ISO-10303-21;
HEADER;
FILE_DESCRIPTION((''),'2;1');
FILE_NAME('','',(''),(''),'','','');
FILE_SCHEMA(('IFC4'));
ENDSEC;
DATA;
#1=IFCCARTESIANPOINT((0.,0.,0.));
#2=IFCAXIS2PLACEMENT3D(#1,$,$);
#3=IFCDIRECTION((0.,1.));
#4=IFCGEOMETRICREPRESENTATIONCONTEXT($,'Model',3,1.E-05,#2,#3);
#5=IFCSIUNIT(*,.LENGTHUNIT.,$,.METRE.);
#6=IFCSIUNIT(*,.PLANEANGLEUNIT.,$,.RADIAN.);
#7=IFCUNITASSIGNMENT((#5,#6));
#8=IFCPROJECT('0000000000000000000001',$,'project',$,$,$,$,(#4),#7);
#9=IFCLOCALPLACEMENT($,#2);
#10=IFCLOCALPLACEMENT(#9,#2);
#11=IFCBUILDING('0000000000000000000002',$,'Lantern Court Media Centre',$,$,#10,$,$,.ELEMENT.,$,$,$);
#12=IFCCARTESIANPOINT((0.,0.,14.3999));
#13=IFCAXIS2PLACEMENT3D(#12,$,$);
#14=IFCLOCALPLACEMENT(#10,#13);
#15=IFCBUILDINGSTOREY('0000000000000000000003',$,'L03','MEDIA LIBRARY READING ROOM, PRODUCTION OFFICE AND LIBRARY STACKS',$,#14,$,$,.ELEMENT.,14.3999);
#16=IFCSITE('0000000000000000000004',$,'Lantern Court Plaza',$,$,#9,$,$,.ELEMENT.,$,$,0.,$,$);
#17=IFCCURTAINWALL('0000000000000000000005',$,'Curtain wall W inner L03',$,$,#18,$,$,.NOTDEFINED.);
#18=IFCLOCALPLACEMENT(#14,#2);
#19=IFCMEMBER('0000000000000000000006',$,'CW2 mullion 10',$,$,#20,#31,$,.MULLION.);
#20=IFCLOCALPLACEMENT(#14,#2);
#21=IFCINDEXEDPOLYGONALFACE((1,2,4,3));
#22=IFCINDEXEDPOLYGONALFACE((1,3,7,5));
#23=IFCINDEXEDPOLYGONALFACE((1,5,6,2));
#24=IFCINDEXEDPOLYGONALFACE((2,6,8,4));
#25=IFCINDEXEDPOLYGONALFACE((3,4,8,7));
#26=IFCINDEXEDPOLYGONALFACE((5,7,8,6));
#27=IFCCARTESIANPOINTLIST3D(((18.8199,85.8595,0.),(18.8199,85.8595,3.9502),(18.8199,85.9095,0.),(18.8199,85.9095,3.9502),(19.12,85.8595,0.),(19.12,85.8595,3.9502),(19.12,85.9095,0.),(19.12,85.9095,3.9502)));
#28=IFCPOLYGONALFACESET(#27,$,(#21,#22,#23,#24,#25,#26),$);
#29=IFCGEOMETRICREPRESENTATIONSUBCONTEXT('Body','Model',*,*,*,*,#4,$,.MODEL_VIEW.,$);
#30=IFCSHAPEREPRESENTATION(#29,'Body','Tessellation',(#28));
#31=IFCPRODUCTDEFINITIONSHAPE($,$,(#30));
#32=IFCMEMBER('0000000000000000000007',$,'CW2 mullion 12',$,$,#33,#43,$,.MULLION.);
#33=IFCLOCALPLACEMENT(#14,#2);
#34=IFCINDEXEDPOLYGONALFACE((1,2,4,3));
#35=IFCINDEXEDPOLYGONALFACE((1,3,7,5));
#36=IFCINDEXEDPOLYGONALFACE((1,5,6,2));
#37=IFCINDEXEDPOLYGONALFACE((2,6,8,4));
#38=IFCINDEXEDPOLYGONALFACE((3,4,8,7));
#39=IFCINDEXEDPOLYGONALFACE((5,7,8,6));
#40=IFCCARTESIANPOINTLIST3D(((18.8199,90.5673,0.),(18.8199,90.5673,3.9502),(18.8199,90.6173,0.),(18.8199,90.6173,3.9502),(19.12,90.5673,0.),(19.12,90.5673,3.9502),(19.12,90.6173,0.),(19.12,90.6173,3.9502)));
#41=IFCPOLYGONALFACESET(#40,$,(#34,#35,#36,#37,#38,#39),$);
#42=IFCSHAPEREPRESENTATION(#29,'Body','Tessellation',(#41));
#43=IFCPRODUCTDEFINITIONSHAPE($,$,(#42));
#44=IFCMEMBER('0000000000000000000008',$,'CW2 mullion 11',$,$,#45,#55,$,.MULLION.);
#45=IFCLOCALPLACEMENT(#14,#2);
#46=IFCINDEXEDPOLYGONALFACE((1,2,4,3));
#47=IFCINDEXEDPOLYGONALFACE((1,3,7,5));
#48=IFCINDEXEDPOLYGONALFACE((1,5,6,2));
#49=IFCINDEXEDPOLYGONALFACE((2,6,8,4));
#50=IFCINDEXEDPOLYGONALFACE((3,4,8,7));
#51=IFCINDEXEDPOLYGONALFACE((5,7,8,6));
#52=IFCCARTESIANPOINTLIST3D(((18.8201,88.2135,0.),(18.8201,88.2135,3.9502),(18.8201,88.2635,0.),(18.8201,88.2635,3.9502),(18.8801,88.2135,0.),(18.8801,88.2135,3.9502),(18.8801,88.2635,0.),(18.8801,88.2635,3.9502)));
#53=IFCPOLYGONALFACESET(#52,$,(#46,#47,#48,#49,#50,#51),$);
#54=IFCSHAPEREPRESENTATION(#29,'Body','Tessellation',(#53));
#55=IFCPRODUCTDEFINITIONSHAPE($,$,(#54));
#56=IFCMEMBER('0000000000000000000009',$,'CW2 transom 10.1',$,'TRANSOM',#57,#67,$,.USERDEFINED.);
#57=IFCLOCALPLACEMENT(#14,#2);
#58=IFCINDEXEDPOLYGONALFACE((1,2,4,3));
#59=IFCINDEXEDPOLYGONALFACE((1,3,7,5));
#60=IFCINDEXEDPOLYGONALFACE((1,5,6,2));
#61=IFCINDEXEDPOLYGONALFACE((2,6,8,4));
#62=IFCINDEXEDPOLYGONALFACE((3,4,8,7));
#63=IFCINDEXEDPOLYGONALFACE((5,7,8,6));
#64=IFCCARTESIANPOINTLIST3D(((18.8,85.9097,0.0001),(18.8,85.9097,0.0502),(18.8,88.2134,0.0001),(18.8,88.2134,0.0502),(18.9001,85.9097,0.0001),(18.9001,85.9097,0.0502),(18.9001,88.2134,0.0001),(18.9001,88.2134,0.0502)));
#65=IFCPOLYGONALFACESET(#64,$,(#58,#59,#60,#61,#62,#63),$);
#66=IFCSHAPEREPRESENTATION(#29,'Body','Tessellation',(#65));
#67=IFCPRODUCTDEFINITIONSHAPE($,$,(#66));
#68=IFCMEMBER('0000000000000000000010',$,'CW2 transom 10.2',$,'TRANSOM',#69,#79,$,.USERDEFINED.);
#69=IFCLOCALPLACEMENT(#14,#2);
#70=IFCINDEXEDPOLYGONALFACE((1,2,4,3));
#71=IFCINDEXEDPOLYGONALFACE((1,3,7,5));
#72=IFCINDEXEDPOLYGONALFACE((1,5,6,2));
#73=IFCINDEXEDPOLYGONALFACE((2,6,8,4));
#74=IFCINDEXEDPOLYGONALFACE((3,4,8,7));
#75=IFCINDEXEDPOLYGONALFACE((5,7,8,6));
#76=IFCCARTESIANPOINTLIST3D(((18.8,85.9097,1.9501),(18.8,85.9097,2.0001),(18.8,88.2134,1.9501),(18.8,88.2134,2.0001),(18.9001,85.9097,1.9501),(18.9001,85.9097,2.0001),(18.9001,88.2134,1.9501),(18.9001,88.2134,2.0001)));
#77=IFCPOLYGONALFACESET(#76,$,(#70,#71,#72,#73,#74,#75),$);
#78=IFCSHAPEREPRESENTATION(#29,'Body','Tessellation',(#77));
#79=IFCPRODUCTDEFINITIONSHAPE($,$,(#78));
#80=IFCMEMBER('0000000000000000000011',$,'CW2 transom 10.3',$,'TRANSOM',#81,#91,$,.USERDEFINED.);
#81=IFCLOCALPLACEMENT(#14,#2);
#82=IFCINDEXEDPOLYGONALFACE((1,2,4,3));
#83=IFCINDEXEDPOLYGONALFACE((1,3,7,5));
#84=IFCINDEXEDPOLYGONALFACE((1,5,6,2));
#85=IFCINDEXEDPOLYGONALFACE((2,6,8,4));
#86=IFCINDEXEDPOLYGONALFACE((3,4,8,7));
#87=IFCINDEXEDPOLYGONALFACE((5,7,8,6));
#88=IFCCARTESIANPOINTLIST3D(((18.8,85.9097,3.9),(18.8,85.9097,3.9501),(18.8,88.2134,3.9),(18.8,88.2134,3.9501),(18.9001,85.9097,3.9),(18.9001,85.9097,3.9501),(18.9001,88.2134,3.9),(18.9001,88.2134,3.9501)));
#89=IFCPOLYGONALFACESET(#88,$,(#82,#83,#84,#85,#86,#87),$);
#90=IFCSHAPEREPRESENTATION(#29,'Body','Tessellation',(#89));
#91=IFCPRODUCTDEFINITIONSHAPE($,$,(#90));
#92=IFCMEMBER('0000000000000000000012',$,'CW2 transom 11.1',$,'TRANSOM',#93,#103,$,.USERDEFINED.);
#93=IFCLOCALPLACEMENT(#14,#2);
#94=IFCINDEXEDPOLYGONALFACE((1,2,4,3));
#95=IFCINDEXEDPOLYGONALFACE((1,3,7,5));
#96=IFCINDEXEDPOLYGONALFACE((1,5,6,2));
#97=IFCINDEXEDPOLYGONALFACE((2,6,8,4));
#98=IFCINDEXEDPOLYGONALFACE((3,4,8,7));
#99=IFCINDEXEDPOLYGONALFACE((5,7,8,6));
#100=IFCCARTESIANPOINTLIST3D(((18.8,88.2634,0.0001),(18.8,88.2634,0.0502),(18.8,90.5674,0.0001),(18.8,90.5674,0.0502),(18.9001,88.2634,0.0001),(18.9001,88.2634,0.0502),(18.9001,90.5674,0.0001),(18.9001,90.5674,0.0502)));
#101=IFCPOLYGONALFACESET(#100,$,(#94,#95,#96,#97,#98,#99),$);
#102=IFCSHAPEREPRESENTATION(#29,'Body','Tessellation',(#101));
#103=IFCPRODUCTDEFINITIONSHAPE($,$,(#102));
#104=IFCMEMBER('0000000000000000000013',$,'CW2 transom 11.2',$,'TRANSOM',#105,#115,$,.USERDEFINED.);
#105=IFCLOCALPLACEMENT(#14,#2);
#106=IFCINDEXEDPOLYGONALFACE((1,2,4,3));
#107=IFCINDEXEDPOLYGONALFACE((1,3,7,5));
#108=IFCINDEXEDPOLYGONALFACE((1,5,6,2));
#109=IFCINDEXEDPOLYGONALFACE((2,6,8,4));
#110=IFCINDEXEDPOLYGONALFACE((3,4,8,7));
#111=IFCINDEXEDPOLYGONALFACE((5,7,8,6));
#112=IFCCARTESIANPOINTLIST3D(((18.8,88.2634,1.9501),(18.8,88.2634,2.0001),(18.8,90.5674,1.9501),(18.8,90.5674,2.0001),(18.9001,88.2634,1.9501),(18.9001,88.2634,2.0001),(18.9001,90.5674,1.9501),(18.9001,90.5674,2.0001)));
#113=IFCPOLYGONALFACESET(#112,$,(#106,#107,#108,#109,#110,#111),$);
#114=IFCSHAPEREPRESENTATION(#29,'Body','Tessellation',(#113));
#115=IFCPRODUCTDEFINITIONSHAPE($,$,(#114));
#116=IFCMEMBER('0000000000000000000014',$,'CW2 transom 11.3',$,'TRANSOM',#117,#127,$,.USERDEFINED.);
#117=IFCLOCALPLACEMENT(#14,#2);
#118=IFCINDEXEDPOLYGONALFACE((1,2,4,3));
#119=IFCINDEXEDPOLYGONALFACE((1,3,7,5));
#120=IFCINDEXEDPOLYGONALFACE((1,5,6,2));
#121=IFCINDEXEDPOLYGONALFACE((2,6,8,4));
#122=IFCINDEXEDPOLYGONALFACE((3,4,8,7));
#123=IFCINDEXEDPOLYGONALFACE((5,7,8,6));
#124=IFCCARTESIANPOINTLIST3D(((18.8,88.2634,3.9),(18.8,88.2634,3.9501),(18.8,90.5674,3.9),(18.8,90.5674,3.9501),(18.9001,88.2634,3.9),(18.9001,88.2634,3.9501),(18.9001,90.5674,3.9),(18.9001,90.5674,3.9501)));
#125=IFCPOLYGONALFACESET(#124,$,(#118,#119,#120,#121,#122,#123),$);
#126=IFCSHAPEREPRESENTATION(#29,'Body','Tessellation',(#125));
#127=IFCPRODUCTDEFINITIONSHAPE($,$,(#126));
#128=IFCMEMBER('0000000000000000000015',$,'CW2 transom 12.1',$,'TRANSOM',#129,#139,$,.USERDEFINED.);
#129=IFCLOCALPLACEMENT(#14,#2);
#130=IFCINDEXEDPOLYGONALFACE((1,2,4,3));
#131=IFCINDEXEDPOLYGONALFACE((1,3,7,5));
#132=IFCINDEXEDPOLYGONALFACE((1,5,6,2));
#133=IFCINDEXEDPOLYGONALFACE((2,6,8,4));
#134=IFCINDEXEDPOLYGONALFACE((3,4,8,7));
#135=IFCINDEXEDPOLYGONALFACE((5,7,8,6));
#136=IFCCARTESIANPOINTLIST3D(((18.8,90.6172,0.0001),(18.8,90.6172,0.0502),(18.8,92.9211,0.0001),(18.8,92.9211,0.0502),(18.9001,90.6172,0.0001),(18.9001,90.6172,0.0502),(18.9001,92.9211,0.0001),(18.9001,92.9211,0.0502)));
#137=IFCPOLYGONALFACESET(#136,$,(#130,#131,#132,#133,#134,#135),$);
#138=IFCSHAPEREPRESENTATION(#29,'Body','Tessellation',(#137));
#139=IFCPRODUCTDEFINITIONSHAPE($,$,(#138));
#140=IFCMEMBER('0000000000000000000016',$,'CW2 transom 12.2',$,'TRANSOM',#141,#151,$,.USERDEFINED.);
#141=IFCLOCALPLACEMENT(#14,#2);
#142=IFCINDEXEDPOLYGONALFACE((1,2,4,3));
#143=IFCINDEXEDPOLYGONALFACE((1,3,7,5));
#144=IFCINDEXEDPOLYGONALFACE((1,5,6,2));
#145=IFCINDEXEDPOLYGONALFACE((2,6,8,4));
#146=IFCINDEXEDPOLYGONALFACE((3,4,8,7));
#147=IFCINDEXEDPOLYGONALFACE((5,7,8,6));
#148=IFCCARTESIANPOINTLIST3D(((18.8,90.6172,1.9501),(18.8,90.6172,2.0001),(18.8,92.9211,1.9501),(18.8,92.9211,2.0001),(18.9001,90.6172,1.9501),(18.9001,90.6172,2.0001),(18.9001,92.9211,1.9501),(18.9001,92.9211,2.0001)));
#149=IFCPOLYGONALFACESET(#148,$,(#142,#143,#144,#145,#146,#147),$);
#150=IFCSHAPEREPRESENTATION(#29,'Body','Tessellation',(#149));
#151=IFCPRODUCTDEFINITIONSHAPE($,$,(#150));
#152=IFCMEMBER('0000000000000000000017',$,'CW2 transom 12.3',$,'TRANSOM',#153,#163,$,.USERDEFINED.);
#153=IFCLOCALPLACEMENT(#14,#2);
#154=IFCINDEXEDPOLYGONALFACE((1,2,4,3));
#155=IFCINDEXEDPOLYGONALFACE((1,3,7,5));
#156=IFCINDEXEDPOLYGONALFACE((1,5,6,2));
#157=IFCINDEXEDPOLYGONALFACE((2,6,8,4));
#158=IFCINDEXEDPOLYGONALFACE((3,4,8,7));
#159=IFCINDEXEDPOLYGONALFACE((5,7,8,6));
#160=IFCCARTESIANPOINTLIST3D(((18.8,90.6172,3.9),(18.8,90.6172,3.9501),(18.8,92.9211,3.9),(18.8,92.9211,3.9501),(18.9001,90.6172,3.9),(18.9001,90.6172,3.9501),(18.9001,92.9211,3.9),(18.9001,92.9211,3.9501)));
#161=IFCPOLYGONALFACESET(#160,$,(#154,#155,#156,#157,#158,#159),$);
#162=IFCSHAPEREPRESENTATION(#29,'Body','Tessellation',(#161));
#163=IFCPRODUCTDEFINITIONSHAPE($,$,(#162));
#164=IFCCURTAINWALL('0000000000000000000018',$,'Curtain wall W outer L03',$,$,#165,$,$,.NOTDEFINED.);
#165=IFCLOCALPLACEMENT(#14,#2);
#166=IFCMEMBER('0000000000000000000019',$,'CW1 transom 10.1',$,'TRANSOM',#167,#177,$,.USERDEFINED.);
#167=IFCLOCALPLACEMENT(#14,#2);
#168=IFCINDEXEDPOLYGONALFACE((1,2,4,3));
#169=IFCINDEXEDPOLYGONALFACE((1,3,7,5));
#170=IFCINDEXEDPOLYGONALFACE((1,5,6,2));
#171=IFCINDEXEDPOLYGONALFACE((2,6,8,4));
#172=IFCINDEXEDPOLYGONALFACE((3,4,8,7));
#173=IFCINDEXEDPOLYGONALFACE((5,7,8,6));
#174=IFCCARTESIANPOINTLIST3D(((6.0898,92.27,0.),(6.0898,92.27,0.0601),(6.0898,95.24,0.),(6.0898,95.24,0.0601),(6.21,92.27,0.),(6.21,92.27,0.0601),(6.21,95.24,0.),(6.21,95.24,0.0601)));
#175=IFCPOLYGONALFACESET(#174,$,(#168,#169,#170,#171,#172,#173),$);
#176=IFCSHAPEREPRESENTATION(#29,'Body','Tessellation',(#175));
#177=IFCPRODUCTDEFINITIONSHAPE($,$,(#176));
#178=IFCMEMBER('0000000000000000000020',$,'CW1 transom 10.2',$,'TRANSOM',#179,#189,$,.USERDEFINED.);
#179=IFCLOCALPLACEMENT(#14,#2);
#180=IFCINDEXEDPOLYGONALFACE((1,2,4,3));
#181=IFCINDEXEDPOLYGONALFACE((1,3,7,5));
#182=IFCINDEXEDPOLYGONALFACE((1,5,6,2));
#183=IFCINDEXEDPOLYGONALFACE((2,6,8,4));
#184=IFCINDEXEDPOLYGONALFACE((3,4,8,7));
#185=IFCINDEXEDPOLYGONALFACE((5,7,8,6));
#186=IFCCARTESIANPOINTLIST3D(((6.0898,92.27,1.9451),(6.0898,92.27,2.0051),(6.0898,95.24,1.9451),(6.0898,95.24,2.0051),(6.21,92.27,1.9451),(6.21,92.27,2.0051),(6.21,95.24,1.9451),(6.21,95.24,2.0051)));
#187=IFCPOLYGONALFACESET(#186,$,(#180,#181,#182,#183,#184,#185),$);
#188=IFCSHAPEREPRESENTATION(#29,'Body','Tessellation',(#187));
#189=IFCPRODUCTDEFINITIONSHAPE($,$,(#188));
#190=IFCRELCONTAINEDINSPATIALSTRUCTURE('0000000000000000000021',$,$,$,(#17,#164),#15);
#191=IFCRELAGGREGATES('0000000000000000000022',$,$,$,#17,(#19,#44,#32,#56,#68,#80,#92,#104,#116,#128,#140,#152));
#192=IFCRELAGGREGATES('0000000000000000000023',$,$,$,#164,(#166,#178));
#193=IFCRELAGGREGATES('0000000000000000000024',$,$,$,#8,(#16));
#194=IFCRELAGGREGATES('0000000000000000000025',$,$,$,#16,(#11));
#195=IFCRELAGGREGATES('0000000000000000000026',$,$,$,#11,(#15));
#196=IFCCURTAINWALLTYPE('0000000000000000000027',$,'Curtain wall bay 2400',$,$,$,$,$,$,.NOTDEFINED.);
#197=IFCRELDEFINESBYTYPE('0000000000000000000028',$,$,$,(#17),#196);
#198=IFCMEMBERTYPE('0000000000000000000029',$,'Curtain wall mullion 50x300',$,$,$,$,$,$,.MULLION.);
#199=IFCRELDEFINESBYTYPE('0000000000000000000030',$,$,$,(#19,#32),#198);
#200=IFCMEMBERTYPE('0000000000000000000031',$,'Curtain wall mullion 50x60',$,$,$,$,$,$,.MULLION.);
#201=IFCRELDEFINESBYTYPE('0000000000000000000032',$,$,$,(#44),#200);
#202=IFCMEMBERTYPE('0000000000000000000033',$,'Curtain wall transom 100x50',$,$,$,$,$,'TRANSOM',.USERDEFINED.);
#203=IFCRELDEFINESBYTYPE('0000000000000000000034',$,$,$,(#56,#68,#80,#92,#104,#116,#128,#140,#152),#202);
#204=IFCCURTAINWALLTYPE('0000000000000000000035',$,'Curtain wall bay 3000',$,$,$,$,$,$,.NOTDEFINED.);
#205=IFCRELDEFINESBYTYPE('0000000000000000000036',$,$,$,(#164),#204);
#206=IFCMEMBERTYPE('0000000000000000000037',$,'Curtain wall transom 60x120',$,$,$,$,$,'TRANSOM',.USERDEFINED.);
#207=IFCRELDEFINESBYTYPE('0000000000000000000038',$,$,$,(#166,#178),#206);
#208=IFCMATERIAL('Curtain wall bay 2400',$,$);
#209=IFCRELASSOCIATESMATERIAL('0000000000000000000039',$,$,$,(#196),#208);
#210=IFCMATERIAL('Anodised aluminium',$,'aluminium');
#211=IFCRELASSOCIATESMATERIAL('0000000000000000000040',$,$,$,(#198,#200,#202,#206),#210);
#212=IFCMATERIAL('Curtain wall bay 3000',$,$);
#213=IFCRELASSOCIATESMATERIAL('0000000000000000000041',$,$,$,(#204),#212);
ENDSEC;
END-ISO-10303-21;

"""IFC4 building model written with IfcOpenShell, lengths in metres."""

from ifc_helpers import new_model, si_unit, direction, frame, origin, origin_2d, place, context, subcontext, project, spatial, rectangle, extrude, material, material_profile, profile_set, type_object, element, aggregate, save


model = new_model("IFC4")

# Units and contexts
model_context = context("Model", 3, precision=1e-05, world=origin(), true_north=direction((0.0, 1.0)))
body_context = subcontext(model_context, "Body", "Model", "MODEL_VIEW")
ifc_project = project(units=[si_unit("LENGTHUNIT", "METRE"), si_unit("PLANEANGLEUNIT", "RADIAN")], contexts=[model_context])

# Site, building, storey
site_placement = place(None, origin())
site = spatial("IfcSite", under=ifc_project, at=site_placement, Name="Lantern Court Plaza", CompositionType="ELEMENT", RefElevation=0.0)
building_placement = place(site_placement, origin())
building = spatial("IfcBuilding", under=site, at=building_placement, Name="Lantern Court Media Centre", CompositionType="ELEMENT")
storey_placement = place(building_placement, frame((0.0, 0.0, 14.3999)))
storey = spatial("IfcBuildingStorey", under=building, at=storey_placement, Name="L03", Description="MEDIA LIBRARY READING ROOM, PRODUCTION OFFICE AND LIBRARY STACKS", CompositionType="ELEMENT", Elevation=14.3999)

# Curtain walls, members
ifc_material_1 = material(Name="Curtain wall bay 2400")
curtain_wall_type_1 = type_object("IfcCurtainWallType", Name="Curtain wall bay 2400", PredefinedType="NOTDEFINED", material=ifc_material_1)
curtain_wall_1_placement = place(storey_placement, origin())
curtain_wall_1 = element("IfcCurtainWall", 1, at=curtain_wall_1_placement, inside=storey, type_object=curtain_wall_type_1, Name="Curtain wall W inner L03", PredefinedType="NOTDEFINED")
ifc_material_2 = material(Name="Anodised aluminium", Category="aluminium")
ifc_material_profile_1 = material_profile(ifc_material_2, rectangle(XDim=0.3, YDim=0.05, at=origin_2d()), Name="AL 50x300")
ifc_profile_set_1 = profile_set([ifc_material_profile_1], Name="Anodised aluminium")
member_type_1 = type_object("IfcMemberType", Name="Curtain wall mullion 50x300", PredefinedType="MULLION", material=ifc_profile_set_1)
member_1_placement = place(storey_placement, frame((18.97, 85.8845, 0.0), z_axis=(0.0, 0.0, 1.0), x_axis=(-1.0, 0.0, 0.0)))
member_1 = element("IfcMember", 2, at=member_1_placement, type_object=member_type_1, Name="CW2 mullion 10", PredefinedType="MULLION", context=body_context, shape_type="SweptSolid", body=[
    extrude(rectangle(XDim=0.3, YDim=0.05, at=origin_2d()), origin(), (0.0, 0.0, 1.0), 3.9502),
])
member_2_placement = place(storey_placement, frame((18.97, 90.5923, 0.0), z_axis=(0.0, 0.0, 1.0), x_axis=(-1.0, 0.0, 0.0)))
member_2 = element("IfcMember", 3, at=member_2_placement, type_object=member_type_1, Name="CW2 mullion 12", PredefinedType="MULLION", context=body_context, shape_type="SweptSolid", body=[
    extrude(rectangle(XDim=0.3, YDim=0.05, at=origin_2d()), origin(), (0.0, 0.0, 1.0), 3.9502),
])
ifc_material_profile_2 = material_profile(ifc_material_2, rectangle(XDim=0.0601, YDim=0.05, at=origin_2d()), Name="AL 50x60")
ifc_profile_set_2 = profile_set([ifc_material_profile_2], Name="Anodised aluminium")
member_type_2 = type_object("IfcMemberType", Name="Curtain wall mullion 50x60", PredefinedType="MULLION", material=ifc_profile_set_2)
member_3_placement = place(storey_placement, frame((18.8501, 88.2385, 0.0), z_axis=(0.0, 0.0, 1.0), x_axis=(-1.0, 0.0, 0.0)))
member_3 = element("IfcMember", 4, at=member_3_placement, type_object=member_type_2, Name="CW2 mullion 11", PredefinedType="MULLION", context=body_context, shape_type="SweptSolid", body=[
    extrude(rectangle(XDim=0.0601, YDim=0.05, at=origin_2d()), origin(), (0.0, 0.0, 1.0), 3.9502),
])
ifc_material_profile_3 = material_profile(ifc_material_2, rectangle(XDim=0.1001, YDim=0.05, at=origin_2d()), Name="AL 50x100")
ifc_profile_set_3 = profile_set([ifc_material_profile_3], Name="Anodised aluminium")
member_type_3 = type_object("IfcMemberType", Name="Curtain wall transom 100x50", ElementType="TRANSOM", PredefinedType="USERDEFINED", material=ifc_profile_set_3)
member_4_placement = place(storey_placement, frame((18.8501, 85.9097, 0.0251), z_axis=(0.0, 1.0, 0.0), x_axis=(-1.0, 0.0, 0.0)))
member_4 = element("IfcMember", 5, at=member_4_placement, type_object=member_type_3, Name="CW2 transom 10.1", ObjectType="TRANSOM", PredefinedType="USERDEFINED", context=body_context, shape_type="SweptSolid", body=[
    extrude(rectangle(XDim=0.1001, YDim=0.05, at=origin_2d()), origin(), (0.0, 0.0, 1.0), 2.3037),
])
member_5_placement = place(storey_placement, frame((18.8501, 85.9097, 1.9751), z_axis=(0.0, 1.0, 0.0), x_axis=(-1.0, 0.0, 0.0)))
member_5 = element("IfcMember", 6, at=member_5_placement, type_object=member_type_3, Name="CW2 transom 10.2", ObjectType="TRANSOM", PredefinedType="USERDEFINED", context=body_context, shape_type="SweptSolid", body=[
    extrude(rectangle(XDim=0.1001, YDim=0.05, at=origin_2d()), origin(), (0.0, 0.0, 1.0), 2.3037),
])
member_6_placement = place(storey_placement, frame((18.8501, 85.9097, 3.925), z_axis=(0.0, 1.0, 0.0), x_axis=(-1.0, 0.0, 0.0)))
member_6 = element("IfcMember", 7, at=member_6_placement, type_object=member_type_3, Name="CW2 transom 10.3", ObjectType="TRANSOM", PredefinedType="USERDEFINED", context=body_context, shape_type="SweptSolid", body=[
    extrude(rectangle(XDim=0.1001, YDim=0.05, at=origin_2d()), origin(), (0.0, 0.0, 1.0), 2.3037),
])
member_7_placement = place(storey_placement, frame((18.8501, 88.2634, 0.0251), z_axis=(0.0, 1.0, 0.0), x_axis=(-1.0, 0.0, 0.0)))
member_7 = element("IfcMember", 8, at=member_7_placement, type_object=member_type_3, Name="CW2 transom 11.1", ObjectType="TRANSOM", PredefinedType="USERDEFINED", context=body_context, shape_type="SweptSolid", body=[
    extrude(rectangle(XDim=0.1001, YDim=0.05, at=origin_2d()), origin(), (0.0, 0.0, 1.0), 2.304),
])
member_8_placement = place(storey_placement, frame((18.8501, 88.2634, 1.9751), z_axis=(0.0, 1.0, 0.0), x_axis=(-1.0, 0.0, 0.0)))
member_8 = element("IfcMember", 9, at=member_8_placement, type_object=member_type_3, Name="CW2 transom 11.2", ObjectType="TRANSOM", PredefinedType="USERDEFINED", context=body_context, shape_type="SweptSolid", body=[
    extrude(rectangle(XDim=0.1001, YDim=0.05, at=origin_2d()), origin(), (0.0, 0.0, 1.0), 2.304),
])
member_9_placement = place(storey_placement, frame((18.8501, 88.2634, 3.925), z_axis=(0.0, 1.0, 0.0), x_axis=(-1.0, 0.0, 0.0)))
member_9 = element("IfcMember", 10, at=member_9_placement, type_object=member_type_3, Name="CW2 transom 11.3", ObjectType="TRANSOM", PredefinedType="USERDEFINED", context=body_context, shape_type="SweptSolid", body=[
    extrude(rectangle(XDim=0.1001, YDim=0.05, at=origin_2d()), origin(), (0.0, 0.0, 1.0), 2.304),
])
member_10_placement = place(storey_placement, frame((18.8501, 90.6172, 0.0251), z_axis=(0.0, 1.0, 0.0), x_axis=(-1.0, 0.0, 0.0)))
member_10 = element("IfcMember", 11, at=member_10_placement, type_object=member_type_3, Name="CW2 transom 12.1", ObjectType="TRANSOM", PredefinedType="USERDEFINED", context=body_context, shape_type="SweptSolid", body=[
    extrude(rectangle(XDim=0.1001, YDim=0.05, at=origin_2d()), origin(), (0.0, 0.0, 1.0), 2.304),
])
member_11_placement = place(storey_placement, frame((18.8501, 90.6172, 1.9751), z_axis=(0.0, 1.0, 0.0), x_axis=(-1.0, 0.0, 0.0)))
member_11 = element("IfcMember", 12, at=member_11_placement, type_object=member_type_3, Name="CW2 transom 12.2", ObjectType="TRANSOM", PredefinedType="USERDEFINED", context=body_context, shape_type="SweptSolid", body=[
    extrude(rectangle(XDim=0.1001, YDim=0.05, at=origin_2d()), origin(), (0.0, 0.0, 1.0), 2.304),
])
member_12_placement = place(storey_placement, frame((18.8501, 90.6172, 3.925), z_axis=(0.0, 1.0, 0.0), x_axis=(-1.0, 0.0, 0.0)))
member_12 = element("IfcMember", 13, at=member_12_placement, type_object=member_type_3, Name="CW2 transom 12.3", ObjectType="TRANSOM", PredefinedType="USERDEFINED", context=body_context, shape_type="SweptSolid", body=[
    extrude(rectangle(XDim=0.1001, YDim=0.05, at=origin_2d()), origin(), (0.0, 0.0, 1.0), 2.304),
])
ifc_material_3 = material(Name="Curtain wall bay 3000")
curtain_wall_type_2 = type_object("IfcCurtainWallType", Name="Curtain wall bay 3000", PredefinedType="NOTDEFINED", material=ifc_material_3)
curtain_wall_2_placement = place(storey_placement, origin())
curtain_wall_2 = element("IfcCurtainWall", 14, at=curtain_wall_2_placement, inside=storey, type_object=curtain_wall_type_2, Name="Curtain wall W outer L03", PredefinedType="NOTDEFINED")
ifc_material_profile_4 = material_profile(ifc_material_2, rectangle(XDim=0.1201, YDim=0.0601, at=origin_2d()), Name="AL 60x120")
ifc_profile_set_4 = profile_set([ifc_material_profile_4], Name="Anodised aluminium")
member_type_4 = type_object("IfcMemberType", Name="Curtain wall transom 60x120", ElementType="TRANSOM", PredefinedType="USERDEFINED", material=ifc_profile_set_4)
member_13_placement = place(storey_placement, frame((6.1499, 92.27, 0.03), z_axis=(0.0, 1.0, 0.0), x_axis=(-1.0, 0.0, 0.0)))
member_13 = element("IfcMember", 15, at=member_13_placement, type_object=member_type_4, Name="CW1 transom 10.1", ObjectType="TRANSOM", PredefinedType="USERDEFINED", context=body_context, shape_type="SweptSolid", body=[
    extrude(rectangle(XDim=0.1201, YDim=0.0601, at=origin_2d()), origin(), (0.0, 0.0, 1.0), 2.97),
])
member_14_placement = place(storey_placement, frame((6.1499, 92.27, 1.9751), z_axis=(0.0, 1.0, 0.0), x_axis=(-1.0, 0.0, 0.0)))
member_14 = element("IfcMember", 16, at=member_14_placement, type_object=member_type_4, Name="CW1 transom 10.2", ObjectType="TRANSOM", PredefinedType="USERDEFINED", context=body_context, shape_type="SweptSolid", body=[
    extrude(rectangle(XDim=0.1201, YDim=0.0601, at=origin_2d()), origin(), (0.0, 0.0, 1.0), 2.97),
])

aggregate(curtain_wall_1, [member_1, member_3, member_2, member_4, member_5, member_6, member_7, member_8, member_9, member_10, member_11, member_12])
aggregate(curtain_wall_2, [member_13, member_14])

save(model, "model.ifc")
